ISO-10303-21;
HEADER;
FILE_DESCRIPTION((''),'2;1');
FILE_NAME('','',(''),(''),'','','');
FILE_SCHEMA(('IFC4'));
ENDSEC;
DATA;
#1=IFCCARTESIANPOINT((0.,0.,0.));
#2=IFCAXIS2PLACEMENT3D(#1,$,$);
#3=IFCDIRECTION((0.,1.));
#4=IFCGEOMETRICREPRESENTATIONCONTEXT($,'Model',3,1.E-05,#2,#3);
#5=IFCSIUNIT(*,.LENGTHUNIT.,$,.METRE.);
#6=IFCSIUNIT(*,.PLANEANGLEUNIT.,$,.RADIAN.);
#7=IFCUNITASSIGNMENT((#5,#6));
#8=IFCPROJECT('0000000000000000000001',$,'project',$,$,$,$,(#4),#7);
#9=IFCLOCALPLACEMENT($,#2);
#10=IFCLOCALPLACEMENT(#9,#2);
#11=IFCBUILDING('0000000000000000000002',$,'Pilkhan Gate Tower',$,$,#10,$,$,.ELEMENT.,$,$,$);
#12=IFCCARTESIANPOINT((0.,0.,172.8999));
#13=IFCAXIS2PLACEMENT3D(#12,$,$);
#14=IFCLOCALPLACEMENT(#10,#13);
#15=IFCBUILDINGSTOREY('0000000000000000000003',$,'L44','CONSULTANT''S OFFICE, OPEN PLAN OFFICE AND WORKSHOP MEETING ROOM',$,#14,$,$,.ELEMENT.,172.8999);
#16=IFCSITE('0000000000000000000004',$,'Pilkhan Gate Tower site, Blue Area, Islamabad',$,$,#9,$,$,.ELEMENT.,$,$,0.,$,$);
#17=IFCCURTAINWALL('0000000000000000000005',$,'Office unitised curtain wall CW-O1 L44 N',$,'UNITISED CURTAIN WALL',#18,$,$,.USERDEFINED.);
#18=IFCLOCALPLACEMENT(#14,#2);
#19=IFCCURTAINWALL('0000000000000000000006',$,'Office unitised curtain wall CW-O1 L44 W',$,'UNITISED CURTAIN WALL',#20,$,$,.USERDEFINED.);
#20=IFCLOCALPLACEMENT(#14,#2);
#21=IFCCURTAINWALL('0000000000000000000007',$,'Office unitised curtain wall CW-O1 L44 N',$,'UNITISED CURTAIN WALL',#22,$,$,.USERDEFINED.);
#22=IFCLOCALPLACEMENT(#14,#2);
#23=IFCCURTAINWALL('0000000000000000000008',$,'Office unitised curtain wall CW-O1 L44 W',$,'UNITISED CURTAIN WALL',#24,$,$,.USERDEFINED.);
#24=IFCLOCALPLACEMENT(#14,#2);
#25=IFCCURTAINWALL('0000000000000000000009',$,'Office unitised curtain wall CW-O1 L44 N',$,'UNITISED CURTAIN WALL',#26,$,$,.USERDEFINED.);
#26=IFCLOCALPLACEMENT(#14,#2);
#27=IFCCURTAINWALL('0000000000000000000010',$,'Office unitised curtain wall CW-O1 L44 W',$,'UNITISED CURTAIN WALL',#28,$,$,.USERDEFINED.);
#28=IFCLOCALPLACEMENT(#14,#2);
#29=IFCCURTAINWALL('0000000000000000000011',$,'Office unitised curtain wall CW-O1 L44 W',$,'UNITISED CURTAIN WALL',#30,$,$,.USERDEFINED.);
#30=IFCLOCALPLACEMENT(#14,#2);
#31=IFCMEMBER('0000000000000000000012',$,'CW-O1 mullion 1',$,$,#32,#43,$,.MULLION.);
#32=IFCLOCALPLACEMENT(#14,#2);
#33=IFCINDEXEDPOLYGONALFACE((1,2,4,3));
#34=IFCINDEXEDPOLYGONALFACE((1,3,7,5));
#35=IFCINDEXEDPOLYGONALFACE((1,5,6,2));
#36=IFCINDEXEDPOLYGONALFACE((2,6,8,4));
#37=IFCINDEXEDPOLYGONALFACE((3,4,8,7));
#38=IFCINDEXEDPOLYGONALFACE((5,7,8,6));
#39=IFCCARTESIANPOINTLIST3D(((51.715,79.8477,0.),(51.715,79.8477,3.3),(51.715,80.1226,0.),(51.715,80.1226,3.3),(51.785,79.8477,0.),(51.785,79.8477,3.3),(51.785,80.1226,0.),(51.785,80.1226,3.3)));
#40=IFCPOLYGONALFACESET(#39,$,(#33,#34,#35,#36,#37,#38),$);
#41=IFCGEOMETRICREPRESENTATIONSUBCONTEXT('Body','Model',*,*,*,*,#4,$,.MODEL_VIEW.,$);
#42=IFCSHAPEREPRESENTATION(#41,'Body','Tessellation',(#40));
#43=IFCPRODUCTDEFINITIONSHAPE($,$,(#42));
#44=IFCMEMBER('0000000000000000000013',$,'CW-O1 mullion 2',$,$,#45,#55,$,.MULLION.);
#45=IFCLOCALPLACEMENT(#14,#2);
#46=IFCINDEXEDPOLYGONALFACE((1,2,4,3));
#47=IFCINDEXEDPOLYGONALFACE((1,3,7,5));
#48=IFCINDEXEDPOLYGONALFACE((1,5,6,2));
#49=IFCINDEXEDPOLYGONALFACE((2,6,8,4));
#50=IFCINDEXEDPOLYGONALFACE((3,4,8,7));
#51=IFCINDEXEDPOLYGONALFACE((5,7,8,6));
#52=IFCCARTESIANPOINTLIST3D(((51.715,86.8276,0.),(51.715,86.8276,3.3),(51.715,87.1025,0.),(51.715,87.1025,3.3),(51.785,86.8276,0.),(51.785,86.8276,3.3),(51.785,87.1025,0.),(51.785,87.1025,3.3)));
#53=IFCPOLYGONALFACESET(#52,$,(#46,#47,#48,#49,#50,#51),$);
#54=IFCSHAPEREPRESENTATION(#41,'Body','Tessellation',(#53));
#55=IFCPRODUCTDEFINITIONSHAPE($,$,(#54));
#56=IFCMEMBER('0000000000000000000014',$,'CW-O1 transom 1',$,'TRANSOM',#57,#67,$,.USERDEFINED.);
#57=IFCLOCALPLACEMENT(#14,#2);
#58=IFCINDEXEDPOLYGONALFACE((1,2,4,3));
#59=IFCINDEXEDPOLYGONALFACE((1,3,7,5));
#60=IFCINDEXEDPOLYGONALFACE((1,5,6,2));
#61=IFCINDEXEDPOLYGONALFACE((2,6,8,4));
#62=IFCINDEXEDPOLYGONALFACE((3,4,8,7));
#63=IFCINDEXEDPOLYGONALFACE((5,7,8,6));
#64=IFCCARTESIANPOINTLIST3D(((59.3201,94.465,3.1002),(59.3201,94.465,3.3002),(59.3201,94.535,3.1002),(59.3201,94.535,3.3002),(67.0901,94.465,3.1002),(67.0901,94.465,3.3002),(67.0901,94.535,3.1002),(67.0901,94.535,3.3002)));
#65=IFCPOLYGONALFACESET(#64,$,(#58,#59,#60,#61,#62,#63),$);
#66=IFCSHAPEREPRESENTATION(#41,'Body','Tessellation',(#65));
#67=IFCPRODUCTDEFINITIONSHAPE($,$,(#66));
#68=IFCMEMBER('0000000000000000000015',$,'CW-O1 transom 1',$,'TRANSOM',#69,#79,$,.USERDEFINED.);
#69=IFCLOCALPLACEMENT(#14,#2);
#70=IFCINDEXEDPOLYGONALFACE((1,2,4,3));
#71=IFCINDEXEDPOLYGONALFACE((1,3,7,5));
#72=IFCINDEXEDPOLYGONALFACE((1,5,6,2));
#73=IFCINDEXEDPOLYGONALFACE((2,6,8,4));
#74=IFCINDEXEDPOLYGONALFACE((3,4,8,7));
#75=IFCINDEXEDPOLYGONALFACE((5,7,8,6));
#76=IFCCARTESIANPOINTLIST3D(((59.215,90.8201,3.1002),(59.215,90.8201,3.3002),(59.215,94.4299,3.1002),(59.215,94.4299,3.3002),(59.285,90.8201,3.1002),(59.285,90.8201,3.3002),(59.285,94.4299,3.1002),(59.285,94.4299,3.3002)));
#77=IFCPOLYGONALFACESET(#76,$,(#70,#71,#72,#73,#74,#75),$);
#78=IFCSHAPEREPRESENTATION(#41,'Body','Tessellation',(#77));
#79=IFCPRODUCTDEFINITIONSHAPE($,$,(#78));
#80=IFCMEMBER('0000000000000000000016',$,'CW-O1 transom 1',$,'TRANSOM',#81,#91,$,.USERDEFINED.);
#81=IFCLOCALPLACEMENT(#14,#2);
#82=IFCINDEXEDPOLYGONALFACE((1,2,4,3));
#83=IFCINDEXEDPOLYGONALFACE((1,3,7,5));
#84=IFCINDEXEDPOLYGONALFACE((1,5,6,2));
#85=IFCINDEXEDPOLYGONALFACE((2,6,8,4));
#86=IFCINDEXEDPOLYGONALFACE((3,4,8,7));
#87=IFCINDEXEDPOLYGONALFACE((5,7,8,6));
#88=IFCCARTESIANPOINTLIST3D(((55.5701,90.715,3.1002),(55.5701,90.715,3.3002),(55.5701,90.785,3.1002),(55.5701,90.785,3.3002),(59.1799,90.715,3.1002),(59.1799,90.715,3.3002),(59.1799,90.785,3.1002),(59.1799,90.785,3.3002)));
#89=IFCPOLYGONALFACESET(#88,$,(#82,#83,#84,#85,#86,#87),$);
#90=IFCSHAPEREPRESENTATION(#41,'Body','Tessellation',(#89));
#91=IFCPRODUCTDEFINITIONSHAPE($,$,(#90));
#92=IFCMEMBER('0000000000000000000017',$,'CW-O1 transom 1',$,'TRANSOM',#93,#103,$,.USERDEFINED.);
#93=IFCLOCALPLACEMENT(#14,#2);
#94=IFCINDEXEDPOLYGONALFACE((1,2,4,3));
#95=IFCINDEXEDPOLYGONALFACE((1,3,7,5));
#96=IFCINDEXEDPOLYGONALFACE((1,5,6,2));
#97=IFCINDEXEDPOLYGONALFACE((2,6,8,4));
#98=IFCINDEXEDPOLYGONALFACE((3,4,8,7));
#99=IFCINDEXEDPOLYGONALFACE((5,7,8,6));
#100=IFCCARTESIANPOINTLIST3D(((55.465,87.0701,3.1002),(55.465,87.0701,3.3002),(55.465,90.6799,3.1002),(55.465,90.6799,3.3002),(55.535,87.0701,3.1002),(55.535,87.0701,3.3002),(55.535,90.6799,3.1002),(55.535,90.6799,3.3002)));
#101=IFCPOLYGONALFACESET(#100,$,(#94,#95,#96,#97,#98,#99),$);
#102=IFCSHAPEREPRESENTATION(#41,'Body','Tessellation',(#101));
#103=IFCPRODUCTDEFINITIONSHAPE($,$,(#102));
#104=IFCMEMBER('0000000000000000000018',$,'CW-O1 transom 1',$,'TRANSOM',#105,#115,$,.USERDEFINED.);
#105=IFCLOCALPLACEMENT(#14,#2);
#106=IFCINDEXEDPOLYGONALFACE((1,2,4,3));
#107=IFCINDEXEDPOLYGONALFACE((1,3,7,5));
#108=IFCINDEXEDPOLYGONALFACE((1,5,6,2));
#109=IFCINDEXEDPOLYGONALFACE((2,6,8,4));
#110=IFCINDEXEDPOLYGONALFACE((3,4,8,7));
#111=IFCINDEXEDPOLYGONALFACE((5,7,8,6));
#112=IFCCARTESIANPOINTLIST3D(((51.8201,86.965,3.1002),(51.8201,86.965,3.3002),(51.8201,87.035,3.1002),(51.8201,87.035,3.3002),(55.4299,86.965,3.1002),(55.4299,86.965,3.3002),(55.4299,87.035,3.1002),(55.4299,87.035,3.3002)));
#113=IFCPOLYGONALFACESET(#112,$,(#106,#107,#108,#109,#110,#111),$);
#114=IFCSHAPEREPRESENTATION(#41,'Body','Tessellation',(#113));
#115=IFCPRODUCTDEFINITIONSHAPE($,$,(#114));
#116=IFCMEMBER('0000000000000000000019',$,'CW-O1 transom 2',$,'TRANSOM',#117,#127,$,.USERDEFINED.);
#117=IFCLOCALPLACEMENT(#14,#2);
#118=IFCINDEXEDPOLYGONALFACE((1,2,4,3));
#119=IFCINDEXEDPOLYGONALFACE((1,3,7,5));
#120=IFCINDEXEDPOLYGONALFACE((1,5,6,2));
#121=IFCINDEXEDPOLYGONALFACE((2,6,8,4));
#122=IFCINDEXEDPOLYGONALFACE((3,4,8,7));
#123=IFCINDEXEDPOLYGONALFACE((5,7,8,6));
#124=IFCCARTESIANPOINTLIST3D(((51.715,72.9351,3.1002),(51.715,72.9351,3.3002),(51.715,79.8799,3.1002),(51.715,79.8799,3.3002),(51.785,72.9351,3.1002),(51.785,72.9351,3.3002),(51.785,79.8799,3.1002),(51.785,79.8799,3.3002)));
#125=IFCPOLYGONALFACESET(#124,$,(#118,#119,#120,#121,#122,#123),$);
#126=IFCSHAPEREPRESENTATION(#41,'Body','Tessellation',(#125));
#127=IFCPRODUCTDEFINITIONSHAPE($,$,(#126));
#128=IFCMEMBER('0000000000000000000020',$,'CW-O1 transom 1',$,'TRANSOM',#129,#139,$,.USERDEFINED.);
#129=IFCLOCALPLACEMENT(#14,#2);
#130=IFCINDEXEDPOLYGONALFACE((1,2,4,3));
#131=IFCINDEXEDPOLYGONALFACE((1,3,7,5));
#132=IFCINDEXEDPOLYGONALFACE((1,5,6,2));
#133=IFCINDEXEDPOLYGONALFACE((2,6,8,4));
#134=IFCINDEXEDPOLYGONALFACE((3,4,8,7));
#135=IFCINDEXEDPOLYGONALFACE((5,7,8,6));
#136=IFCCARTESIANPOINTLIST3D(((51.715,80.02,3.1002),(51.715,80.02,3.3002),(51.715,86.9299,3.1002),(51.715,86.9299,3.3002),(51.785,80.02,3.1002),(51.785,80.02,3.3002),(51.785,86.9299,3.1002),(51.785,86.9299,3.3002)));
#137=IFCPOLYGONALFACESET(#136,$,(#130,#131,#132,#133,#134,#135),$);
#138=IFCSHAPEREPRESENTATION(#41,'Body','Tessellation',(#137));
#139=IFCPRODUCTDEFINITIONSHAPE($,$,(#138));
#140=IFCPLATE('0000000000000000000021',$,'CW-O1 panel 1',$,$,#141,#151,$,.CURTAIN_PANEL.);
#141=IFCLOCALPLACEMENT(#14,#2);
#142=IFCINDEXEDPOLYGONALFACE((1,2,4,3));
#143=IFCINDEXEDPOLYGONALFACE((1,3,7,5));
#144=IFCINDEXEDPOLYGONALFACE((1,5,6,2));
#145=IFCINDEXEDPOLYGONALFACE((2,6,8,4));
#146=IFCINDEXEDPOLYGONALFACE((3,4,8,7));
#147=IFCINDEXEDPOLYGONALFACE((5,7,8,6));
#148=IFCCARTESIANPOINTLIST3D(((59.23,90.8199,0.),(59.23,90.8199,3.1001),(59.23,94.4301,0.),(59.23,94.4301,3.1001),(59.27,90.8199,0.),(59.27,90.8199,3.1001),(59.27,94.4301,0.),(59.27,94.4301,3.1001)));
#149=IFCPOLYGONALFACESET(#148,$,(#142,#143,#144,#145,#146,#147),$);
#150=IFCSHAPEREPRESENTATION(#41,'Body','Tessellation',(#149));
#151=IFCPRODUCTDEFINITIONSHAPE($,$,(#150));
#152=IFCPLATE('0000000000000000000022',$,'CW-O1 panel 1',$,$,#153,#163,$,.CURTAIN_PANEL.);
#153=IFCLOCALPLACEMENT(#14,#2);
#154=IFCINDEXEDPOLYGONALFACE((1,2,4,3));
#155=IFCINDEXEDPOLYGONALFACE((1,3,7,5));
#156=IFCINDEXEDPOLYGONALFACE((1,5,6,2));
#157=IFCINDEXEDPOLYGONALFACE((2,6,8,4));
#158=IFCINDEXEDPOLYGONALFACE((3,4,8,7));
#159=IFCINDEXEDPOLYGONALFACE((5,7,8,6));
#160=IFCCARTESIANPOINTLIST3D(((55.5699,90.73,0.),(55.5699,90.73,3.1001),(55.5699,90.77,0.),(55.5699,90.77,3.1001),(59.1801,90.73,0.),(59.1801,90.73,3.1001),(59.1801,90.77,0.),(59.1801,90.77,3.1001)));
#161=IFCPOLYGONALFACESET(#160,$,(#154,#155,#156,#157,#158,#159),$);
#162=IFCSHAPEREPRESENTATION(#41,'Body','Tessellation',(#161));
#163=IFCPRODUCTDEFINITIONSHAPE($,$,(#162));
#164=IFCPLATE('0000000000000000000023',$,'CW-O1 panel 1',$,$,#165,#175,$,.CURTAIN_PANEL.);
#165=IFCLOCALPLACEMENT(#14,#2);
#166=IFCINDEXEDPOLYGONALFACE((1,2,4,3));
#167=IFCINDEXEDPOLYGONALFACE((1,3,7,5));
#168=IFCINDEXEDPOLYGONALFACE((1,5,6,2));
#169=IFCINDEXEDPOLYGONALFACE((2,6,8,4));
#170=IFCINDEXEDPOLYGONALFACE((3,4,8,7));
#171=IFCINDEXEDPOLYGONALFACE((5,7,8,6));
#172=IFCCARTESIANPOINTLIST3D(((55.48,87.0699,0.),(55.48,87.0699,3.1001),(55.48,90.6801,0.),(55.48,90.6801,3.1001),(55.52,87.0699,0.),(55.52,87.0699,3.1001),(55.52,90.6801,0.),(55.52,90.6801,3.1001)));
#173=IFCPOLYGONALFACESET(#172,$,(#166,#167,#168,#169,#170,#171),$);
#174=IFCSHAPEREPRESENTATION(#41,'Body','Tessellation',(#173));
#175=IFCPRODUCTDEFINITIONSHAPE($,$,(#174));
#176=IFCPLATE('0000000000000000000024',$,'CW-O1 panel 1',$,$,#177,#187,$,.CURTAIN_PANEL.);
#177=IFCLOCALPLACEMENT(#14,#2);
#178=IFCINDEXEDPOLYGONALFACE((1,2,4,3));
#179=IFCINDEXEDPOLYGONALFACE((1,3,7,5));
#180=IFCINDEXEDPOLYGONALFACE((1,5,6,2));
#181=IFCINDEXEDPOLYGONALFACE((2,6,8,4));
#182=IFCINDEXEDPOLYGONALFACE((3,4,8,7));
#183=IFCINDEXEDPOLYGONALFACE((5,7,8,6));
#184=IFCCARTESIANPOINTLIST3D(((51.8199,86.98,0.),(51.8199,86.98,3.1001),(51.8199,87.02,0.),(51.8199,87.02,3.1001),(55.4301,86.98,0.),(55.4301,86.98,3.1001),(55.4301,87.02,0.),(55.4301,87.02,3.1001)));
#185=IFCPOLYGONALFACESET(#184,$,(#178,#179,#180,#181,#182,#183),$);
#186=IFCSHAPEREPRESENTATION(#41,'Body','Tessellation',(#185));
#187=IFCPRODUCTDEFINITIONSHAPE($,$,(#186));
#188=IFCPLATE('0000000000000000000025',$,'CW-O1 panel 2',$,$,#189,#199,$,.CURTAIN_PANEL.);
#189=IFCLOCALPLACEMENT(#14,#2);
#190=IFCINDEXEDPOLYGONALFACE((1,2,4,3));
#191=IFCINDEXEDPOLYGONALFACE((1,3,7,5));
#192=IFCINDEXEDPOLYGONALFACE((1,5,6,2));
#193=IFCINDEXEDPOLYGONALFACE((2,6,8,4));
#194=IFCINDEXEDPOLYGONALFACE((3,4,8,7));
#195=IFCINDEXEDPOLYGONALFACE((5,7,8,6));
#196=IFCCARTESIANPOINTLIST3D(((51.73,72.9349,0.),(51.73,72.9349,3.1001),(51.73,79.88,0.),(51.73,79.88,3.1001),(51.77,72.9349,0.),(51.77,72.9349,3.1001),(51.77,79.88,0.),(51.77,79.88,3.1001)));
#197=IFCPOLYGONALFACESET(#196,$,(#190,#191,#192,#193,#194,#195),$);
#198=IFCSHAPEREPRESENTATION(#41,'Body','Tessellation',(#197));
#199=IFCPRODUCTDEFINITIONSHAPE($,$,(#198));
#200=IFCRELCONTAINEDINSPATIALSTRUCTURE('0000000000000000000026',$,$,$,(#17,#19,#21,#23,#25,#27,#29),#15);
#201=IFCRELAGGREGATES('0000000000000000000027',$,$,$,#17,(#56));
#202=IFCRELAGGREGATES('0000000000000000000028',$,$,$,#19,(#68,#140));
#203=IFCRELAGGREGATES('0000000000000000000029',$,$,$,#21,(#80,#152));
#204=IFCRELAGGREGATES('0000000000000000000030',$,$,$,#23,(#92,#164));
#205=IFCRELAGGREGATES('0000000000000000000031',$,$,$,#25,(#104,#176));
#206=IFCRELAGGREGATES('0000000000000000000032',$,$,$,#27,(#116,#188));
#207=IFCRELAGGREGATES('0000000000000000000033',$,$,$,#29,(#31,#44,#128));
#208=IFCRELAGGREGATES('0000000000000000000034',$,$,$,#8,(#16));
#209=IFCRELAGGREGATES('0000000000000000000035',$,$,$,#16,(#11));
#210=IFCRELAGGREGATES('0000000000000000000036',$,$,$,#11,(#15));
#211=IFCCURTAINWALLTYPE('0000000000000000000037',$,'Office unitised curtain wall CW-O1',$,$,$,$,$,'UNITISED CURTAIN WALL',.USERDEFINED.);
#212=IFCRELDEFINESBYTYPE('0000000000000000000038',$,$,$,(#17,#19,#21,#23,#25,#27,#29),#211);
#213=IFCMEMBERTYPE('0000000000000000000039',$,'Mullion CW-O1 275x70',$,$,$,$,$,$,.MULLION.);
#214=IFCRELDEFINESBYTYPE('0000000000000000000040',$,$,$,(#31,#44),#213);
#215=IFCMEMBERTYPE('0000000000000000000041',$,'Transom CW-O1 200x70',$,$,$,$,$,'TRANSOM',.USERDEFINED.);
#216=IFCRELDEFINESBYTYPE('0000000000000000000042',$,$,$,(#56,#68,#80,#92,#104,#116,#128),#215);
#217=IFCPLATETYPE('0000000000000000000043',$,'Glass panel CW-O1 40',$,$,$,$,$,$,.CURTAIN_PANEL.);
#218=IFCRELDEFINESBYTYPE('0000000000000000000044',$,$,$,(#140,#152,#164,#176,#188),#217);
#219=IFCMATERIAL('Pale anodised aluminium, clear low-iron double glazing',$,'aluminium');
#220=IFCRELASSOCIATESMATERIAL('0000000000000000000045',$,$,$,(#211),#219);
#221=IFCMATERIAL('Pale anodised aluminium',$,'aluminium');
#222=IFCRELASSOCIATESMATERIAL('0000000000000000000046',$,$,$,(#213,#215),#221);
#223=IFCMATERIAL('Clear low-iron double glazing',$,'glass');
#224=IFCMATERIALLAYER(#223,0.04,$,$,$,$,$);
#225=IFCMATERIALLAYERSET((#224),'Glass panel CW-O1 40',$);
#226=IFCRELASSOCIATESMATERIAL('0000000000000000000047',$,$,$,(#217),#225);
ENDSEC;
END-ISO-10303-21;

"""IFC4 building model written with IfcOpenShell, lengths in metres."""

from ifc_helpers import new_model, si_unit, direction, frame, origin, origin_2d, place, context, subcontext, project, spatial, rectangle, extrude, material, layer, layer_set, material_profile, profile_set, type_object, element, aggregate, save


model = new_model("IFC4")

# Units and contexts
model_context = context("Model", 3, precision=1e-05, world=origin(), true_north=direction((0.0, 1.0)))
body_context = subcontext(model_context, "Body", "Model", "MODEL_VIEW")
ifc_project = project(units=[si_unit("LENGTHUNIT", "METRE"), si_unit("PLANEANGLEUNIT", "RADIAN")], contexts=[model_context])

# Site, building, storey
site_placement = place(None, origin())
site = spatial("IfcSite", under=ifc_project, at=site_placement, Name="Pilkhan Gate Tower site, Blue Area, Islamabad", CompositionType="ELEMENT", RefElevation=0.0)
building_placement = place(site_placement, origin())
building = spatial("IfcBuilding", under=site, at=building_placement, Name="Pilkhan Gate Tower", CompositionType="ELEMENT")
storey_placement = place(building_placement, frame((0.0, 0.0, 172.8999)))
storey = spatial("IfcBuildingStorey", under=building, at=storey_placement, Name="L44", Description="CONSULTANT'S OFFICE, OPEN PLAN OFFICE AND WORKSHOP MEETING ROOM", CompositionType="ELEMENT", Elevation=172.8999)

# Curtain wall
ifc_material_1 = material(Name="Pale anodised aluminium, clear low-iron double glazing", Category="aluminium")
curtain_wall_type = type_object("IfcCurtainWallType", Name="Office unitised curtain wall CW-O1", ElementType="UNITISED CURTAIN WALL", PredefinedType="USERDEFINED", material=ifc_material_1)
curtain_wall_1_placement = place(storey_placement, origin())
curtain_wall_1 = element("IfcCurtainWall", 1, at=curtain_wall_1_placement, inside=storey, type_object=curtain_wall_type, Name="Office unitised curtain wall CW-O1 L44 N", ObjectType="UNITISED CURTAIN WALL", PredefinedType="USERDEFINED")
ifc_material_2 = material(Name="Pale anodised aluminium", Category="aluminium")
ifc_material_profile_1 = material_profile(ifc_material_2, rectangle(XDim=0.0701, YDim=0.2749, at=origin_2d()), Name="Mullion 275x70")
ifc_profile_set_1 = profile_set([ifc_material_profile_1], Name="Pale anodised aluminium")
member_type_1 = type_object("IfcMemberType", Name="Mullion CW-O1 275x70", PredefinedType="MULLION", material=ifc_profile_set_1)

# Curtain walls, members
curtain_wall_2_placement = place(storey_placement, origin())
curtain_wall_2 = element("IfcCurtainWall", 2, at=curtain_wall_2_placement, inside=storey, type_object=curtain_wall_type, Name="Office unitised curtain wall CW-O1 L44 W", ObjectType="UNITISED CURTAIN WALL", PredefinedType="USERDEFINED")
curtain_wall_3_placement = place(storey_placement, origin())
curtain_wall_3 = element("IfcCurtainWall", 3, at=curtain_wall_3_placement, inside=storey, type_object=curtain_wall_type, Name="Office unitised curtain wall CW-O1 L44 N", ObjectType="UNITISED CURTAIN WALL", PredefinedType="USERDEFINED")
curtain_wall_4_placement = place(storey_placement, origin())
curtain_wall_4 = element("IfcCurtainWall", 4, at=curtain_wall_4_placement, inside=storey, type_object=curtain_wall_type, Name="Office unitised curtain wall CW-O1 L44 W", ObjectType="UNITISED CURTAIN WALL", PredefinedType="USERDEFINED")
curtain_wall_5_placement = place(storey_placement, origin())
curtain_wall_5 = element("IfcCurtainWall", 5, at=curtain_wall_5_placement, inside=storey, type_object=curtain_wall_type, Name="Office unitised curtain wall CW-O1 L44 N", ObjectType="UNITISED CURTAIN WALL", PredefinedType="USERDEFINED")
curtain_wall_6_placement = place(storey_placement, origin())
curtain_wall_6 = element("IfcCurtainWall", 6, at=curtain_wall_6_placement, inside=storey, type_object=curtain_wall_type, Name="Office unitised curtain wall CW-O1 L44 W", ObjectType="UNITISED CURTAIN WALL", PredefinedType="USERDEFINED")
curtain_wall_7_placement = place(storey_placement, origin())
curtain_wall_7 = element("IfcCurtainWall", 7, at=curtain_wall_7_placement, inside=storey, type_object=curtain_wall_type, Name="Office unitised curtain wall CW-O1 L44 W", ObjectType="UNITISED CURTAIN WALL", PredefinedType="USERDEFINED")
member_1_placement = place(storey_placement, frame((51.75, 79.9851, 0.0), z_axis=(0.0, 0.0, 1.0), x_axis=(-1.0, 0.0, 0.0)))
member_1 = element("IfcMember", 8, at=member_1_placement, type_object=member_type_1, Name="CW-O1 mullion 1", PredefinedType="MULLION", context=body_context, shape_type="SweptSolid", body=[
    extrude(rectangle(XDim=0.0701, YDim=0.2749, at=origin_2d()), origin(), (0.0, 0.0, 1.0), 3.3),
])
member_2_placement = place(storey_placement, frame((51.75, 86.9651, 0.0), z_axis=(0.0, 0.0, 1.0), x_axis=(-1.0, 0.0, 0.0)))
member_2 = element("IfcMember", 9, at=member_2_placement, type_object=member_type_1, Name="CW-O1 mullion 2", PredefinedType="MULLION", context=body_context, shape_type="SweptSolid", body=[
    extrude(rectangle(XDim=0.0701, YDim=0.2749, at=origin_2d()), origin(), (0.0, 0.0, 1.0), 3.3),
])

# Members
ifc_material_profile_2 = material_profile(ifc_material_2, rectangle(XDim=0.0701, YDim=0.2, at=origin_2d()), Name="Transom 200x70")
ifc_profile_set_2 = profile_set([ifc_material_profile_2], Name="Pale anodised aluminium")
member_type_2 = type_object("IfcMemberType", Name="Transom CW-O1 200x70", ElementType="TRANSOM", PredefinedType="USERDEFINED", material=ifc_profile_set_2)
member_3_placement = place(storey_placement, frame((59.3201, 94.5, 3.2002), z_axis=(1.0, 0.0, 0.0), x_axis=(0.0, 1.0, 0.0)))
member_3 = element("IfcMember", 10, at=member_3_placement, type_object=member_type_2, Name="CW-O1 transom 1", ObjectType="TRANSOM", PredefinedType="USERDEFINED", context=body_context, shape_type="SweptSolid", body=[
    extrude(rectangle(XDim=0.0701, YDim=0.2, at=origin_2d()), origin(), (0.0, 0.0, 1.0), 7.77),
])
aggregate(curtain_wall_1, [member_3])
member_4_placement = place(storey_placement, frame((59.25, 90.8201, 3.2002), z_axis=(0.0, 1.0, 0.0), x_axis=(-1.0, 0.0, 0.0)))
member_4 = element("IfcMember", 11, at=member_4_placement, type_object=member_type_2, Name="CW-O1 transom 1", ObjectType="TRANSOM", PredefinedType="USERDEFINED", context=body_context, shape_type="SweptSolid", body=[
    extrude(rectangle(XDim=0.0701, YDim=0.2, at=origin_2d()), origin(), (0.0, 0.0, 1.0), 3.6099),
])
member_5_placement = place(storey_placement, frame((55.5701, 90.75, 3.2002), z_axis=(1.0, 0.0, 0.0), x_axis=(0.0, 1.0, 0.0)))
member_5 = element("IfcMember", 12, at=member_5_placement, type_object=member_type_2, Name="CW-O1 transom 1", ObjectType="TRANSOM", PredefinedType="USERDEFINED", context=body_context, shape_type="SweptSolid", body=[
    extrude(rectangle(XDim=0.0701, YDim=0.2, at=origin_2d()), origin(), (0.0, 0.0, 1.0), 3.6099),
])
member_6_placement = place(storey_placement, frame((55.5, 87.0701, 3.2002), z_axis=(0.0, 1.0, 0.0), x_axis=(-1.0, 0.0, 0.0)))
member_6 = element("IfcMember", 13, at=member_6_placement, type_object=member_type_2, Name="CW-O1 transom 1", ObjectType="TRANSOM", PredefinedType="USERDEFINED", context=body_context, shape_type="SweptSolid", body=[
    extrude(rectangle(XDim=0.0701, YDim=0.2, at=origin_2d()), origin(), (0.0, 0.0, 1.0), 3.6099),
])
member_7_placement = place(storey_placement, frame((51.8201, 87.0, 3.2002), z_axis=(1.0, 0.0, 0.0), x_axis=(0.0, 1.0, 0.0)))
member_7 = element("IfcMember", 14, at=member_7_placement, type_object=member_type_2, Name="CW-O1 transom 1", ObjectType="TRANSOM", PredefinedType="USERDEFINED", context=body_context, shape_type="SweptSolid", body=[
    extrude(rectangle(XDim=0.0701, YDim=0.2, at=origin_2d()), origin(), (0.0, 0.0, 1.0), 3.6099),
])
member_8_placement = place(storey_placement, frame((51.75, 72.9351, 3.2002), z_axis=(0.0, 1.0, 0.0), x_axis=(-1.0, 0.0, 0.0)))
member_8 = element("IfcMember", 15, at=member_8_placement, type_object=member_type_2, Name="CW-O1 transom 2", ObjectType="TRANSOM", PredefinedType="USERDEFINED", context=body_context, shape_type="SweptSolid", body=[
    extrude(rectangle(XDim=0.0701, YDim=0.2, at=origin_2d()), origin(), (0.0, 0.0, 1.0), 6.9448),
])
member_9_placement = place(storey_placement, frame((51.75, 80.02, 3.2002), z_axis=(0.0, 1.0, 0.0), x_axis=(-1.0, 0.0, 0.0)))
member_9 = element("IfcMember", 16, at=member_9_placement, type_object=member_type_2, Name="CW-O1 transom 1", ObjectType="TRANSOM", PredefinedType="USERDEFINED", context=body_context, shape_type="SweptSolid", body=[
    extrude(rectangle(XDim=0.0701, YDim=0.2, at=origin_2d()), origin(), (0.0, 0.0, 1.0), 6.9099),
])

# Plates
ifc_material_3 = material(Name="Clear low-iron double glazing", Category="glass")
ifc_layer_1 = layer(ifc_material_3, 0.04)
ifc_layer_set_1 = layer_set([ifc_layer_1], Name="Glass panel CW-O1 40")
plate_type = type_object("IfcPlateType", Name="Glass panel CW-O1 40", PredefinedType="CURTAIN_PANEL", material=ifc_layer_set_1)
plate_1_placement = place(storey_placement, frame((59.25, 92.625, 0.0), z_axis=(0.0, 0.0, 1.0), x_axis=(0.0, 1.0, 0.0)))
plate_1 = element("IfcPlate", 17, at=plate_1_placement, type_object=plate_type, Name="CW-O1 panel 1", PredefinedType="CURTAIN_PANEL", context=body_context, shape_type="SweptSolid", body=[
    extrude(rectangle(XDim=3.6101, YDim=0.04, at=origin_2d()), origin(), (0.0, 0.0, 1.0), 3.1001),
])
aggregate(curtain_wall_2, [member_4, plate_1])
plate_2_placement = place(storey_placement, frame((57.375, 90.75, 0.0), z_axis=(0.0, 0.0, 1.0), x_axis=(1.0, 0.0, 0.0)))
plate_2 = element("IfcPlate", 18, at=plate_2_placement, type_object=plate_type, Name="CW-O1 panel 1", PredefinedType="CURTAIN_PANEL", context=body_context, shape_type="SweptSolid", body=[
    extrude(rectangle(XDim=3.6101, YDim=0.04, at=origin_2d()), origin(), (0.0, 0.0, 1.0), 3.1001),
])
aggregate(curtain_wall_3, [member_5, plate_2])
plate_3_placement = place(storey_placement, frame((55.5, 88.875, 0.0), z_axis=(0.0, 0.0, 1.0), x_axis=(0.0, 1.0, 0.0)))
plate_3 = element("IfcPlate", 19, at=plate_3_placement, type_object=plate_type, Name="CW-O1 panel 1", PredefinedType="CURTAIN_PANEL", context=body_context, shape_type="SweptSolid", body=[
    extrude(rectangle(XDim=3.6101, YDim=0.04, at=origin_2d()), origin(), (0.0, 0.0, 1.0), 3.1001),
])
aggregate(curtain_wall_4, [member_6, plate_3])
plate_4_placement = place(storey_placement, frame((53.625, 87.0, 0.0), z_axis=(0.0, 0.0, 1.0), x_axis=(1.0, 0.0, 0.0)))
plate_4 = element("IfcPlate", 20, at=plate_4_placement, type_object=plate_type, Name="CW-O1 panel 1", PredefinedType="CURTAIN_PANEL", context=body_context, shape_type="SweptSolid", body=[
    extrude(rectangle(XDim=3.6101, YDim=0.04, at=origin_2d()), origin(), (0.0, 0.0, 1.0), 3.1001),
])
aggregate(curtain_wall_5, [member_7, plate_4])
plate_5_placement = place(storey_placement, frame((51.75, 76.4075, 0.0), z_axis=(0.0, 0.0, 1.0), x_axis=(0.0, 1.0, 0.0)))
plate_5 = element("IfcPlate", 21, at=plate_5_placement, type_object=plate_type, Name="CW-O1 panel 2", PredefinedType="CURTAIN_PANEL", context=body_context, shape_type="SweptSolid", body=[
    extrude(rectangle(XDim=6.9451, YDim=0.04, at=origin_2d()), origin(), (0.0, 0.0, 1.0), 3.1001),
])
aggregate(curtain_wall_6, [member_8, plate_5])
aggregate(curtain_wall_7, [member_1, member_2, member_9])

save(model, "model.ifc")
